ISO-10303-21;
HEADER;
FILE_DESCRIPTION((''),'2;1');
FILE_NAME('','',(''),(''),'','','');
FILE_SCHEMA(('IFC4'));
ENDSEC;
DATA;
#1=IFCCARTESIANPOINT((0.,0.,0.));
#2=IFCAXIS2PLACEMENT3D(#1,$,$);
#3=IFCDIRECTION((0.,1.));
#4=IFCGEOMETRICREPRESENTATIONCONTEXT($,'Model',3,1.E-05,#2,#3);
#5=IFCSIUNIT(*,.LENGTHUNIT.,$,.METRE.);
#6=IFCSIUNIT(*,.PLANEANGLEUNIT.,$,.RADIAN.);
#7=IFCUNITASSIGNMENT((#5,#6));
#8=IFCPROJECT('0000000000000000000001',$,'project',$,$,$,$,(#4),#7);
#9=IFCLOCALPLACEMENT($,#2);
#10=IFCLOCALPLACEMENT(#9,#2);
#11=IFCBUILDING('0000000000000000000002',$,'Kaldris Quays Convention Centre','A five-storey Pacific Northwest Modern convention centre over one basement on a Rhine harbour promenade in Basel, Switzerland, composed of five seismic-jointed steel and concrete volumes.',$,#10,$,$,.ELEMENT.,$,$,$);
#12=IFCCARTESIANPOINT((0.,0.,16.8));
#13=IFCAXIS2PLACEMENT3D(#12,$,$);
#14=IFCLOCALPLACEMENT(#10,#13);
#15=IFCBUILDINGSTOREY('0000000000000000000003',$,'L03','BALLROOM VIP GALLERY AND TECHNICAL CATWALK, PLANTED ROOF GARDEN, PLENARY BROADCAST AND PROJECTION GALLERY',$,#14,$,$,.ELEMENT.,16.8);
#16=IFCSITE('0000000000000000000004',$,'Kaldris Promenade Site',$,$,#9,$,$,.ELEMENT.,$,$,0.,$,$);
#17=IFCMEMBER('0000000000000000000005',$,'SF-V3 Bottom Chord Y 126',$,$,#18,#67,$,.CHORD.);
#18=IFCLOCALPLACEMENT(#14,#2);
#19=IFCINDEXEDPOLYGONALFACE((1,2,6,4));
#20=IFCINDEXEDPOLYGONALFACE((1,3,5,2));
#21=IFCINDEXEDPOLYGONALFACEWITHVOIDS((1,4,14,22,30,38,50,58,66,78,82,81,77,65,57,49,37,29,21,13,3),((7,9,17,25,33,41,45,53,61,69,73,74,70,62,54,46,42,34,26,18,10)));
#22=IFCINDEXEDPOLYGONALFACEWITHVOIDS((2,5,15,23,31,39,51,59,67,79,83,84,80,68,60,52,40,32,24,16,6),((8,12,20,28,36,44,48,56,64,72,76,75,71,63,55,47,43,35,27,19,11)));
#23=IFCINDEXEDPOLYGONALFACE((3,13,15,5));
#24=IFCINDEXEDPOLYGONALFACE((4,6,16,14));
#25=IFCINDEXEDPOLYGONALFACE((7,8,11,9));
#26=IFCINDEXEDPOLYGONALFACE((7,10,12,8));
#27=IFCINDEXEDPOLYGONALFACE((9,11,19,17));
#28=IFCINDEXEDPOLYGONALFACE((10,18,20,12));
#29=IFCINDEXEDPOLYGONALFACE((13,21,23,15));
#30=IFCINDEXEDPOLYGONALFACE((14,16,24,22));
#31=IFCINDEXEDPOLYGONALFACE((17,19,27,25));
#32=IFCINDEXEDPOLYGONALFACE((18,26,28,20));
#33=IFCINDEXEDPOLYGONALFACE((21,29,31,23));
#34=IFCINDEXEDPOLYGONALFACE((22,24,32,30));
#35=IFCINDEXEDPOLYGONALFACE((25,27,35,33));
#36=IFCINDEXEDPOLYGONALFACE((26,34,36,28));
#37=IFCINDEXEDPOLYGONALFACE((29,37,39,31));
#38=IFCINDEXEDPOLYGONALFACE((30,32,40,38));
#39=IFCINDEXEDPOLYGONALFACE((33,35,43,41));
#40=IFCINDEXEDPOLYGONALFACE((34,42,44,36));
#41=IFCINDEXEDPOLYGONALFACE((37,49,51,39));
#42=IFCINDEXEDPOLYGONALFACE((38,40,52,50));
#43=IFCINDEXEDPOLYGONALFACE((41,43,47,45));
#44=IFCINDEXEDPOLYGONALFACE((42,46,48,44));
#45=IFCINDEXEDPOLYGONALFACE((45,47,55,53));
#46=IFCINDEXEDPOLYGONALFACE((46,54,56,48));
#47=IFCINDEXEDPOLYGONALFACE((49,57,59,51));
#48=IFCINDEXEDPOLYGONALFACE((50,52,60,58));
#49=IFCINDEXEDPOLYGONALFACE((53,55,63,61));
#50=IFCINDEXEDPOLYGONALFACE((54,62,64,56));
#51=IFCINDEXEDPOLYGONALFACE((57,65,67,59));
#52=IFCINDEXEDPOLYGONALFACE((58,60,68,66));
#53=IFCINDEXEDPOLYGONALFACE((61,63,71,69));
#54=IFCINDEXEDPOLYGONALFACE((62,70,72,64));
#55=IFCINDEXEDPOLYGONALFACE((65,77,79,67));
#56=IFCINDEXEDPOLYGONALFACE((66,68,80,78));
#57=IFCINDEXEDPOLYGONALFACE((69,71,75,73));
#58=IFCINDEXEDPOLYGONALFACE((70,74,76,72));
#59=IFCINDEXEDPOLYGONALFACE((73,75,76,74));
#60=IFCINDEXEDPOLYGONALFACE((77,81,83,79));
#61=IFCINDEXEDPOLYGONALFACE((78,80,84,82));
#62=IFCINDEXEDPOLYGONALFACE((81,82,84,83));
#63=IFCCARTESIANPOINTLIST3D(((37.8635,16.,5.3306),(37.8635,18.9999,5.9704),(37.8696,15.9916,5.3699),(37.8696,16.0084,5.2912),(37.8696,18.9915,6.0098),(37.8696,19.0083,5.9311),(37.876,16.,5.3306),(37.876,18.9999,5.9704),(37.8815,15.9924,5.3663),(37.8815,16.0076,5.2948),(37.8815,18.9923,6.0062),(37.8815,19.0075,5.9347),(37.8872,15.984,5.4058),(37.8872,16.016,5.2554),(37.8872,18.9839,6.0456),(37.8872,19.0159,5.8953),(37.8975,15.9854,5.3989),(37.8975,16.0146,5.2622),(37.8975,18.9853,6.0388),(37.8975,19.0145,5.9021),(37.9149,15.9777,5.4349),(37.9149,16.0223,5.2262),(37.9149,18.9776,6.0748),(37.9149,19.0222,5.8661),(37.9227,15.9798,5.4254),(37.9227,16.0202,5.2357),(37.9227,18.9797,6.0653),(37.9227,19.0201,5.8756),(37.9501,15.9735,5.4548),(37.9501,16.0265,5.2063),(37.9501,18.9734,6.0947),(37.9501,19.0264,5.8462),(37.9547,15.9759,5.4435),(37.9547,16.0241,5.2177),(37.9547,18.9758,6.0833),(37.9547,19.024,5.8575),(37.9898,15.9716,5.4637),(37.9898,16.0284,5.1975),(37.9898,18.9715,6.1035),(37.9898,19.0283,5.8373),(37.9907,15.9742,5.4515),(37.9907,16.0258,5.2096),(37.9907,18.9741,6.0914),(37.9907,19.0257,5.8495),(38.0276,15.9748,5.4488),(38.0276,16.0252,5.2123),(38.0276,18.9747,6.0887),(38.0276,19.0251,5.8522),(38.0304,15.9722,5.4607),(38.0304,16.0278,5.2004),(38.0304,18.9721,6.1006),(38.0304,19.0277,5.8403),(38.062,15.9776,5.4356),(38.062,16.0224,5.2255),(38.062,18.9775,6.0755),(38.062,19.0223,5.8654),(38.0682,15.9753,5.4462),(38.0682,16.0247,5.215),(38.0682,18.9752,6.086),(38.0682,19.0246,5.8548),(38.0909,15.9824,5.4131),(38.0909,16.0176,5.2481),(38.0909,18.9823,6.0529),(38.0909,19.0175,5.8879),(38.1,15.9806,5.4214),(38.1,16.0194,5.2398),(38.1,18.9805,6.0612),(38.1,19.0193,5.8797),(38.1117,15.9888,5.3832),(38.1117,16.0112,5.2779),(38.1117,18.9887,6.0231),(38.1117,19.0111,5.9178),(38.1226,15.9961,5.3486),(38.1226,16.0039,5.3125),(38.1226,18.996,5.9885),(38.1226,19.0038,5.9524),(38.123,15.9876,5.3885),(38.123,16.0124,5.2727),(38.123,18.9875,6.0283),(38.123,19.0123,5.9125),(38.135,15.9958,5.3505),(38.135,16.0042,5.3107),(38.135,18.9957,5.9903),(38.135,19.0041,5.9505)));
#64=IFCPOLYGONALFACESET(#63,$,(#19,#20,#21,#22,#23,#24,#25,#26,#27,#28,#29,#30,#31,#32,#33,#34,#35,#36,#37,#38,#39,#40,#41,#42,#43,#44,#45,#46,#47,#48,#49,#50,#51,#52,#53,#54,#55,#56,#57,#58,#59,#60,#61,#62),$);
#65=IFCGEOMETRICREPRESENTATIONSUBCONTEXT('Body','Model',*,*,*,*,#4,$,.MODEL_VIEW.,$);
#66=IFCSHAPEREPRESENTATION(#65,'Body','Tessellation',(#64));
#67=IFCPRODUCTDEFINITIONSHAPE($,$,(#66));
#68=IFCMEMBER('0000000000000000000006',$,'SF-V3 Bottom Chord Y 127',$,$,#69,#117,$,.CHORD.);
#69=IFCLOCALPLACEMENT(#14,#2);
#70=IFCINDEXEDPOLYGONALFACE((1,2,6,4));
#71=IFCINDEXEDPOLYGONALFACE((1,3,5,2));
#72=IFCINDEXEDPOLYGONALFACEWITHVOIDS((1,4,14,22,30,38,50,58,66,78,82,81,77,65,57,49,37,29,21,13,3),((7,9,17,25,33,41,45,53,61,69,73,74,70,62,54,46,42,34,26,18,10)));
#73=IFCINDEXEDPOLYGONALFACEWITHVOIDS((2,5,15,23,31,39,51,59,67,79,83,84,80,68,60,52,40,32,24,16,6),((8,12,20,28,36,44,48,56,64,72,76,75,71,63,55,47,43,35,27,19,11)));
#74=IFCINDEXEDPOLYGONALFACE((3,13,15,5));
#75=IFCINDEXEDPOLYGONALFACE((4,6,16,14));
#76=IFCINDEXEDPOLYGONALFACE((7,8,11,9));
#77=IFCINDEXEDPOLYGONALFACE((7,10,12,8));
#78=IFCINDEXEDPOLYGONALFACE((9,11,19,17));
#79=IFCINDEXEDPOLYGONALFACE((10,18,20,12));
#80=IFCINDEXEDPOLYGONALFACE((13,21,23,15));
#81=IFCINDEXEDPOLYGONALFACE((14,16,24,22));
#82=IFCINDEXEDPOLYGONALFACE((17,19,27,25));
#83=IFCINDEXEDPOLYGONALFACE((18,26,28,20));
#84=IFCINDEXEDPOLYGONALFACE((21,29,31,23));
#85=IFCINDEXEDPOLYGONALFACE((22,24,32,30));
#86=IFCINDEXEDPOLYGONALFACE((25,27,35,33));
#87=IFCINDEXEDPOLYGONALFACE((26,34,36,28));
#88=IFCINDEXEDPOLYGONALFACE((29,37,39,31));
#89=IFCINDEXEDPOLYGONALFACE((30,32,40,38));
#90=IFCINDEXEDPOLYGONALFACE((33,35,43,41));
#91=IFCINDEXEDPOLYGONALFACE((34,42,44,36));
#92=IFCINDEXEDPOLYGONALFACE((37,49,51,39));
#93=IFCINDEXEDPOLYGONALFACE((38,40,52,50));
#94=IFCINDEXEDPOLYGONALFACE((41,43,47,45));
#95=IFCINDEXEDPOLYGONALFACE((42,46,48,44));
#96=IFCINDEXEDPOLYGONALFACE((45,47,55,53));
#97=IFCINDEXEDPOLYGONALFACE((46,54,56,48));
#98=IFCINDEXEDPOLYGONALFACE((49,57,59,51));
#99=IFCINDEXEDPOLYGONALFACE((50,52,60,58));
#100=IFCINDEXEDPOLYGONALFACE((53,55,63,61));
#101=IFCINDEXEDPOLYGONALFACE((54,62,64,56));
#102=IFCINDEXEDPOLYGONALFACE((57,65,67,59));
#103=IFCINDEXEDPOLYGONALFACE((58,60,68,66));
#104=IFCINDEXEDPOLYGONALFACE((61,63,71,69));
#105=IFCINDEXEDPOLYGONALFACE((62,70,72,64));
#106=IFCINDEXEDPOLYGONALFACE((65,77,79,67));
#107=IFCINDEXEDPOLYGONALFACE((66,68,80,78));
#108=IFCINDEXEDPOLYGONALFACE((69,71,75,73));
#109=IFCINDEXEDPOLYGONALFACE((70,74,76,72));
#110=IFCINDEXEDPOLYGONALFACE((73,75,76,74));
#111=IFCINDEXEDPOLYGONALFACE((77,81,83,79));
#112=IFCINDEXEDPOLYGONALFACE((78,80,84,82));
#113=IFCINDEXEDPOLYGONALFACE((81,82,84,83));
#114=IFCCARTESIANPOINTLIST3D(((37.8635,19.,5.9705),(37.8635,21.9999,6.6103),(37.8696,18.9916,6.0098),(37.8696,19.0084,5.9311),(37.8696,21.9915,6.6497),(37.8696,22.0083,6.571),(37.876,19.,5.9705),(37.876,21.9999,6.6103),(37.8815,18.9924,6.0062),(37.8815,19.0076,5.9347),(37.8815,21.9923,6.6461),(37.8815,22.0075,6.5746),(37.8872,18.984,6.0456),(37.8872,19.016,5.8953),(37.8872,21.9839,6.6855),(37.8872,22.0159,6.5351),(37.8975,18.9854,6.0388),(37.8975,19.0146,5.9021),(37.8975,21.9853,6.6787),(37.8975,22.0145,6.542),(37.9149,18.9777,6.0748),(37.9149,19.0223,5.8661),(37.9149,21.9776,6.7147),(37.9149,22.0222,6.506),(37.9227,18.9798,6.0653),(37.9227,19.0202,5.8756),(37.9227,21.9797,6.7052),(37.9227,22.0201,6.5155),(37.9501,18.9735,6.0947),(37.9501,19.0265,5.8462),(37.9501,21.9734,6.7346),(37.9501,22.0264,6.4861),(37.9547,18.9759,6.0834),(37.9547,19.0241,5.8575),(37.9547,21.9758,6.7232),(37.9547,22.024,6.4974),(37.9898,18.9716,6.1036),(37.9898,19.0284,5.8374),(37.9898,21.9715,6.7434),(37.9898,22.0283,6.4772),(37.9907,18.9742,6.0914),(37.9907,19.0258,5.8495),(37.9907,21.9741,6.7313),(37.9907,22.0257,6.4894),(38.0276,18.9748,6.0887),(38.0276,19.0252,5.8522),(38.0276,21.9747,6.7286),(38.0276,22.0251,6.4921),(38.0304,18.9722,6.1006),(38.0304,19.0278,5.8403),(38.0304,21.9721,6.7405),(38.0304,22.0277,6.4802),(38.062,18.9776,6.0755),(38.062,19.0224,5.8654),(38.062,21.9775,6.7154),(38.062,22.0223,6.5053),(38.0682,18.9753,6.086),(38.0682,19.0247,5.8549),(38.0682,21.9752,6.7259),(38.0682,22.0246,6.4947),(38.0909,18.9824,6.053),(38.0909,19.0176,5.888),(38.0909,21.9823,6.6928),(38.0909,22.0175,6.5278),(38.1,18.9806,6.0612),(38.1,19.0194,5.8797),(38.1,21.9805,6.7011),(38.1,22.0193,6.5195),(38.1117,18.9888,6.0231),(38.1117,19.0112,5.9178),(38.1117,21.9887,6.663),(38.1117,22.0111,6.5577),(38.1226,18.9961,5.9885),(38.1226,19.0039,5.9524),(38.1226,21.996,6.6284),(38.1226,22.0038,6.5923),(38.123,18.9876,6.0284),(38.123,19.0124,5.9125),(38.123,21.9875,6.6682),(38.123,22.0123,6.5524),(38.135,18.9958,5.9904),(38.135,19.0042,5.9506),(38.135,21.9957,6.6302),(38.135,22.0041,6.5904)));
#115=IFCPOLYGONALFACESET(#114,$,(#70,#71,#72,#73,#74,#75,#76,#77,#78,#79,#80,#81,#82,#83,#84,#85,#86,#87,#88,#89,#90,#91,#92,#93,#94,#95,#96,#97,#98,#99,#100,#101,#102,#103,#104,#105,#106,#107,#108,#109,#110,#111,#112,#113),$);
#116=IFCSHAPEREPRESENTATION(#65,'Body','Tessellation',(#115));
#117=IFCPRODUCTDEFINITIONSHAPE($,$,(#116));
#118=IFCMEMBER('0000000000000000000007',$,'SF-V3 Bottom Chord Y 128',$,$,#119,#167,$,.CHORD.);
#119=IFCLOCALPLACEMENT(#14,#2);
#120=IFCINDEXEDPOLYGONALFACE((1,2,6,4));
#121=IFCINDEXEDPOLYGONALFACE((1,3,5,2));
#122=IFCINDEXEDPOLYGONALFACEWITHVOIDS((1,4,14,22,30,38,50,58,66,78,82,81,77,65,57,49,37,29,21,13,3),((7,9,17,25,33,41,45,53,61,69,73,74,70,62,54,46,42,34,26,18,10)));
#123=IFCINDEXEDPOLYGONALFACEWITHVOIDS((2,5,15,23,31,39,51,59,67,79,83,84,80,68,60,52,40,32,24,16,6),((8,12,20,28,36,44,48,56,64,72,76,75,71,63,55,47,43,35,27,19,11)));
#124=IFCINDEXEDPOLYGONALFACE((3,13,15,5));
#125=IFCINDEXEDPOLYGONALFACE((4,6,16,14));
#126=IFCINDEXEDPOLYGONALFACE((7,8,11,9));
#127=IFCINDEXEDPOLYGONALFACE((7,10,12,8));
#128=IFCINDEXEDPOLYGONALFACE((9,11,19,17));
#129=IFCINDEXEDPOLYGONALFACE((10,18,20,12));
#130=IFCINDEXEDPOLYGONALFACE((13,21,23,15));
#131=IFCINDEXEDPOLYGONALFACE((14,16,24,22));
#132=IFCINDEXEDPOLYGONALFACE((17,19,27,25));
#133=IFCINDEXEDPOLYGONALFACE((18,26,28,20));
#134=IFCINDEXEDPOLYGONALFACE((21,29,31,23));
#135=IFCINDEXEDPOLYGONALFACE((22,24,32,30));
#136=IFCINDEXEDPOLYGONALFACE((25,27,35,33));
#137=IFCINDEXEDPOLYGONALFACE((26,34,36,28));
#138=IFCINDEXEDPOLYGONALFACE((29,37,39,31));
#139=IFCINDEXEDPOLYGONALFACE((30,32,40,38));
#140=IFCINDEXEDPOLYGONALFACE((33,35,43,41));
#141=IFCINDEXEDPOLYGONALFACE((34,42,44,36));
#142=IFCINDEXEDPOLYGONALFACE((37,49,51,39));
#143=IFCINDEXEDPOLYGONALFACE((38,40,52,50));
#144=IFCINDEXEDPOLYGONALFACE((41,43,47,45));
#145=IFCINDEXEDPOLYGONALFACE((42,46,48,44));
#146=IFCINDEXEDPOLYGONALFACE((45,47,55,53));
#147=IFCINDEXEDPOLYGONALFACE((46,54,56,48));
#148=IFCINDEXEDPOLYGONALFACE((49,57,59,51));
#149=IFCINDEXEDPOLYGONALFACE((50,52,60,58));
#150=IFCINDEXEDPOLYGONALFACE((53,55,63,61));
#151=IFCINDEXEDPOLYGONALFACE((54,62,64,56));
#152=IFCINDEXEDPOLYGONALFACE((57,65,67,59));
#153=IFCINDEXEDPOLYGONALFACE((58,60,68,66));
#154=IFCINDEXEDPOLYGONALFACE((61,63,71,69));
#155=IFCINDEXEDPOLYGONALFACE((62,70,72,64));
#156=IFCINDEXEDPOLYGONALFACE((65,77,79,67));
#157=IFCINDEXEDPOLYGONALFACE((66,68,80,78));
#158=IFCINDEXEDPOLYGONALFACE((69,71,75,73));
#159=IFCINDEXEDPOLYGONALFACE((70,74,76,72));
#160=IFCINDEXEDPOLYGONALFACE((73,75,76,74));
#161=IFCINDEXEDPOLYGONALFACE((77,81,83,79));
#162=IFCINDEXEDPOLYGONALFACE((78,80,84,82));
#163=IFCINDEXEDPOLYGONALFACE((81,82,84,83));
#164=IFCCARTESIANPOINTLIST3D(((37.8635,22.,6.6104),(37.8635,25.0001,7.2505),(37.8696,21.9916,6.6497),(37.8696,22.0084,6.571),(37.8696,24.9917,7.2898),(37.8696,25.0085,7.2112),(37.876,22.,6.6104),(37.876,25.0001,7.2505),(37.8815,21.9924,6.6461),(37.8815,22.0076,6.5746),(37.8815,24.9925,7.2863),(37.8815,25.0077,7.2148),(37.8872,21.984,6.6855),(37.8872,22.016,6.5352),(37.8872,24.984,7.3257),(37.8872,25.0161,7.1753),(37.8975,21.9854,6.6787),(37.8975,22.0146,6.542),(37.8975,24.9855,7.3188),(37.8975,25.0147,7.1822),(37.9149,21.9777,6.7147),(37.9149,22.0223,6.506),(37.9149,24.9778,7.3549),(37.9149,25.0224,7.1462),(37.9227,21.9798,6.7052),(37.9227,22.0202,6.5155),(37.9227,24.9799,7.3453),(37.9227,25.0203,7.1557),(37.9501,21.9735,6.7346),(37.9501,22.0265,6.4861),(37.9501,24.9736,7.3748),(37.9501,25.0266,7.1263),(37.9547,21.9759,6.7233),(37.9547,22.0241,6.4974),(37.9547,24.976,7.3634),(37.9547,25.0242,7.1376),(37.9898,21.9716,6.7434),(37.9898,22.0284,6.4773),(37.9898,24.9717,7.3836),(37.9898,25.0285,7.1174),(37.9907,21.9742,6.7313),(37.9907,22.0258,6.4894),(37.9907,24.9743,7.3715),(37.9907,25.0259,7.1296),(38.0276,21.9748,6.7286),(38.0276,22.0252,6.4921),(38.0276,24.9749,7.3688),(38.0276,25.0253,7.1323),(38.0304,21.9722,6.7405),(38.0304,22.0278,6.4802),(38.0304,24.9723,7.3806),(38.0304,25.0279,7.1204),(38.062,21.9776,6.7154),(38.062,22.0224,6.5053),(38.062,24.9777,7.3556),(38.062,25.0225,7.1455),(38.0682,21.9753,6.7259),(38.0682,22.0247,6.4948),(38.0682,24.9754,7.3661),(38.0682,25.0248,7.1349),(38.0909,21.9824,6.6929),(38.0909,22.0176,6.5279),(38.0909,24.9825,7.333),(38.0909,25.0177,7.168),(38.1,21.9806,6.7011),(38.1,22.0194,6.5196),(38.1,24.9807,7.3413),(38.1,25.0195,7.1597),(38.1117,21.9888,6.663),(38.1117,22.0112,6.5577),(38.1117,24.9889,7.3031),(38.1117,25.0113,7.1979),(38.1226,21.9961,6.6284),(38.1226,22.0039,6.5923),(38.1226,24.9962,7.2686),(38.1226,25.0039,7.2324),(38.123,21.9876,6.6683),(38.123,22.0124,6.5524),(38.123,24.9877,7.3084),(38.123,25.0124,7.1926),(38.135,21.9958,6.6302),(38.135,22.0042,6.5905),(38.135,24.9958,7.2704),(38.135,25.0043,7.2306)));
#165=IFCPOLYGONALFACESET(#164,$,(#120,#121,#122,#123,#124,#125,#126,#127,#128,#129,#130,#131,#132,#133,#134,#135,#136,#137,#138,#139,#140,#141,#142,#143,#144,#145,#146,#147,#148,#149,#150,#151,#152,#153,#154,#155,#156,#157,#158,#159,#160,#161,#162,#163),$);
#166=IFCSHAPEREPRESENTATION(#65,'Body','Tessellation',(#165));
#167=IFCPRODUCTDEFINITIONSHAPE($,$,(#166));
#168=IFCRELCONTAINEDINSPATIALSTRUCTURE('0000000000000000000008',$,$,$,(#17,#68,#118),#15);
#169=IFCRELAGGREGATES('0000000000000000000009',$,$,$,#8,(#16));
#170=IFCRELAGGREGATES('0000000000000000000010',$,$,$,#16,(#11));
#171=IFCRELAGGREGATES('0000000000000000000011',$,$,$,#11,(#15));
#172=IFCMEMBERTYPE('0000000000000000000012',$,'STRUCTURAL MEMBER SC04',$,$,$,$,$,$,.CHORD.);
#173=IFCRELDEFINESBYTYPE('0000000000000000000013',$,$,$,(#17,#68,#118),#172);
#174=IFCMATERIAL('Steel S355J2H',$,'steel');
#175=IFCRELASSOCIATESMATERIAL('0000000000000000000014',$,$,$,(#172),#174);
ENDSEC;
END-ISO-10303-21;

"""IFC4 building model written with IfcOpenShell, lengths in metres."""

from ifc_helpers import new_model, si_unit, direction, frame, origin, origin_2d, place, context, subcontext, project, spatial, hollow_circle, extrude, material, material_profile, profile_set, type_object, element, save


model = new_model("IFC4")

# Units and contexts
model_context = context("Model", 3, precision=1e-05, world=origin(), true_north=direction((0.0, 1.0)))
body_context = subcontext(model_context, "Body", "Model", "MODEL_VIEW")
ifc_project = project(units=[si_unit("LENGTHUNIT", "METRE"), si_unit("PLANEANGLEUNIT", "RADIAN")], contexts=[model_context])

# Site, building, storey
site_placement = place(None, origin())
site = spatial("IfcSite", under=ifc_project, at=site_placement, Name="Kaldris Promenade Site", CompositionType="ELEMENT", RefElevation=0.0)
building_placement = place(site_placement, origin())
building = spatial("IfcBuilding", under=site, at=building_placement, Name="Kaldris Quays Convention Centre", Description="A five-storey Pacific Northwest Modern convention centre over one basement on a Rhine harbour promenade in Basel, Switzerland, composed of five seismic-jointed steel and concrete volumes.", CompositionType="ELEMENT")
storey_placement = place(building_placement, frame((0.0, 0.0, 16.8)))
storey = spatial("IfcBuildingStorey", under=building, at=storey_placement, Name="L03", Description="BALLROOM VIP GALLERY AND TECHNICAL CATWALK, PLANTED ROOF GARDEN, PLENARY BROADCAST AND PROJECTION GALLERY", CompositionType="ELEMENT", Elevation=16.8)

# Members
ifc_material_1 = material(Name="Steel S355J2H", Category="steel")
ifc_material_profile_1 = material_profile(ifc_material_1, hollow_circle(Radius=0.1365, WallThickness=0.0125, at=origin_2d()), Name="CHS 273x12.5")
ifc_profile_set_1 = profile_set([ifc_material_profile_1], Name="Steel S355J2H")
member_type_1 = type_object("IfcMemberType", Name="STRUCTURAL MEMBER SC04", PredefinedType="CHORD", material=ifc_profile_set_1)
for number, where, z_axis, x_axis, name in (
    (1, (38.0, 16.0, 5.3306), (0.0, 0.978, 0.208605), (-1.0, 0.0, 0.0), "SF-V3 Bottom Chord Y 126"),
    (2, (38.0, 19.0, 5.9705), (0.0, 0.978, 0.208605), (-1.0, 0.0, 0.0), "SF-V3 Bottom Chord Y 127"),
):
    element("IfcMember", number, at=place(storey_placement, frame(where, z_axis=z_axis, x_axis=x_axis)), inside=storey, type_object=member_type_1, Name=name, PredefinedType="CHORD", context=body_context, shape_type="SweptSolid", body=[
        extrude(hollow_circle(Radius=0.1365, WallThickness=0.0125, at=origin_2d()), origin(), (0.0, 0.0, 1.0), 3.0674),
    ])
member_1_placement = place(storey_placement, frame((38.0, 22.0, 6.6104), z_axis=(0.0, 0.977984, 0.208681), x_axis=(-1.0, 0.0, 0.0)))
element("IfcMember", 3, at=member_1_placement, inside=storey, type_object=member_type_1, Name="SF-V3 Bottom Chord Y 128", PredefinedType="CHORD", context=body_context, shape_type="SweptSolid", body=[
    extrude(hollow_circle(Radius=0.1365, WallThickness=0.0125, at=origin_2d()), origin(), (0.0, 0.0, 1.0), 3.0676),
])

save(model, "model.ifc")
